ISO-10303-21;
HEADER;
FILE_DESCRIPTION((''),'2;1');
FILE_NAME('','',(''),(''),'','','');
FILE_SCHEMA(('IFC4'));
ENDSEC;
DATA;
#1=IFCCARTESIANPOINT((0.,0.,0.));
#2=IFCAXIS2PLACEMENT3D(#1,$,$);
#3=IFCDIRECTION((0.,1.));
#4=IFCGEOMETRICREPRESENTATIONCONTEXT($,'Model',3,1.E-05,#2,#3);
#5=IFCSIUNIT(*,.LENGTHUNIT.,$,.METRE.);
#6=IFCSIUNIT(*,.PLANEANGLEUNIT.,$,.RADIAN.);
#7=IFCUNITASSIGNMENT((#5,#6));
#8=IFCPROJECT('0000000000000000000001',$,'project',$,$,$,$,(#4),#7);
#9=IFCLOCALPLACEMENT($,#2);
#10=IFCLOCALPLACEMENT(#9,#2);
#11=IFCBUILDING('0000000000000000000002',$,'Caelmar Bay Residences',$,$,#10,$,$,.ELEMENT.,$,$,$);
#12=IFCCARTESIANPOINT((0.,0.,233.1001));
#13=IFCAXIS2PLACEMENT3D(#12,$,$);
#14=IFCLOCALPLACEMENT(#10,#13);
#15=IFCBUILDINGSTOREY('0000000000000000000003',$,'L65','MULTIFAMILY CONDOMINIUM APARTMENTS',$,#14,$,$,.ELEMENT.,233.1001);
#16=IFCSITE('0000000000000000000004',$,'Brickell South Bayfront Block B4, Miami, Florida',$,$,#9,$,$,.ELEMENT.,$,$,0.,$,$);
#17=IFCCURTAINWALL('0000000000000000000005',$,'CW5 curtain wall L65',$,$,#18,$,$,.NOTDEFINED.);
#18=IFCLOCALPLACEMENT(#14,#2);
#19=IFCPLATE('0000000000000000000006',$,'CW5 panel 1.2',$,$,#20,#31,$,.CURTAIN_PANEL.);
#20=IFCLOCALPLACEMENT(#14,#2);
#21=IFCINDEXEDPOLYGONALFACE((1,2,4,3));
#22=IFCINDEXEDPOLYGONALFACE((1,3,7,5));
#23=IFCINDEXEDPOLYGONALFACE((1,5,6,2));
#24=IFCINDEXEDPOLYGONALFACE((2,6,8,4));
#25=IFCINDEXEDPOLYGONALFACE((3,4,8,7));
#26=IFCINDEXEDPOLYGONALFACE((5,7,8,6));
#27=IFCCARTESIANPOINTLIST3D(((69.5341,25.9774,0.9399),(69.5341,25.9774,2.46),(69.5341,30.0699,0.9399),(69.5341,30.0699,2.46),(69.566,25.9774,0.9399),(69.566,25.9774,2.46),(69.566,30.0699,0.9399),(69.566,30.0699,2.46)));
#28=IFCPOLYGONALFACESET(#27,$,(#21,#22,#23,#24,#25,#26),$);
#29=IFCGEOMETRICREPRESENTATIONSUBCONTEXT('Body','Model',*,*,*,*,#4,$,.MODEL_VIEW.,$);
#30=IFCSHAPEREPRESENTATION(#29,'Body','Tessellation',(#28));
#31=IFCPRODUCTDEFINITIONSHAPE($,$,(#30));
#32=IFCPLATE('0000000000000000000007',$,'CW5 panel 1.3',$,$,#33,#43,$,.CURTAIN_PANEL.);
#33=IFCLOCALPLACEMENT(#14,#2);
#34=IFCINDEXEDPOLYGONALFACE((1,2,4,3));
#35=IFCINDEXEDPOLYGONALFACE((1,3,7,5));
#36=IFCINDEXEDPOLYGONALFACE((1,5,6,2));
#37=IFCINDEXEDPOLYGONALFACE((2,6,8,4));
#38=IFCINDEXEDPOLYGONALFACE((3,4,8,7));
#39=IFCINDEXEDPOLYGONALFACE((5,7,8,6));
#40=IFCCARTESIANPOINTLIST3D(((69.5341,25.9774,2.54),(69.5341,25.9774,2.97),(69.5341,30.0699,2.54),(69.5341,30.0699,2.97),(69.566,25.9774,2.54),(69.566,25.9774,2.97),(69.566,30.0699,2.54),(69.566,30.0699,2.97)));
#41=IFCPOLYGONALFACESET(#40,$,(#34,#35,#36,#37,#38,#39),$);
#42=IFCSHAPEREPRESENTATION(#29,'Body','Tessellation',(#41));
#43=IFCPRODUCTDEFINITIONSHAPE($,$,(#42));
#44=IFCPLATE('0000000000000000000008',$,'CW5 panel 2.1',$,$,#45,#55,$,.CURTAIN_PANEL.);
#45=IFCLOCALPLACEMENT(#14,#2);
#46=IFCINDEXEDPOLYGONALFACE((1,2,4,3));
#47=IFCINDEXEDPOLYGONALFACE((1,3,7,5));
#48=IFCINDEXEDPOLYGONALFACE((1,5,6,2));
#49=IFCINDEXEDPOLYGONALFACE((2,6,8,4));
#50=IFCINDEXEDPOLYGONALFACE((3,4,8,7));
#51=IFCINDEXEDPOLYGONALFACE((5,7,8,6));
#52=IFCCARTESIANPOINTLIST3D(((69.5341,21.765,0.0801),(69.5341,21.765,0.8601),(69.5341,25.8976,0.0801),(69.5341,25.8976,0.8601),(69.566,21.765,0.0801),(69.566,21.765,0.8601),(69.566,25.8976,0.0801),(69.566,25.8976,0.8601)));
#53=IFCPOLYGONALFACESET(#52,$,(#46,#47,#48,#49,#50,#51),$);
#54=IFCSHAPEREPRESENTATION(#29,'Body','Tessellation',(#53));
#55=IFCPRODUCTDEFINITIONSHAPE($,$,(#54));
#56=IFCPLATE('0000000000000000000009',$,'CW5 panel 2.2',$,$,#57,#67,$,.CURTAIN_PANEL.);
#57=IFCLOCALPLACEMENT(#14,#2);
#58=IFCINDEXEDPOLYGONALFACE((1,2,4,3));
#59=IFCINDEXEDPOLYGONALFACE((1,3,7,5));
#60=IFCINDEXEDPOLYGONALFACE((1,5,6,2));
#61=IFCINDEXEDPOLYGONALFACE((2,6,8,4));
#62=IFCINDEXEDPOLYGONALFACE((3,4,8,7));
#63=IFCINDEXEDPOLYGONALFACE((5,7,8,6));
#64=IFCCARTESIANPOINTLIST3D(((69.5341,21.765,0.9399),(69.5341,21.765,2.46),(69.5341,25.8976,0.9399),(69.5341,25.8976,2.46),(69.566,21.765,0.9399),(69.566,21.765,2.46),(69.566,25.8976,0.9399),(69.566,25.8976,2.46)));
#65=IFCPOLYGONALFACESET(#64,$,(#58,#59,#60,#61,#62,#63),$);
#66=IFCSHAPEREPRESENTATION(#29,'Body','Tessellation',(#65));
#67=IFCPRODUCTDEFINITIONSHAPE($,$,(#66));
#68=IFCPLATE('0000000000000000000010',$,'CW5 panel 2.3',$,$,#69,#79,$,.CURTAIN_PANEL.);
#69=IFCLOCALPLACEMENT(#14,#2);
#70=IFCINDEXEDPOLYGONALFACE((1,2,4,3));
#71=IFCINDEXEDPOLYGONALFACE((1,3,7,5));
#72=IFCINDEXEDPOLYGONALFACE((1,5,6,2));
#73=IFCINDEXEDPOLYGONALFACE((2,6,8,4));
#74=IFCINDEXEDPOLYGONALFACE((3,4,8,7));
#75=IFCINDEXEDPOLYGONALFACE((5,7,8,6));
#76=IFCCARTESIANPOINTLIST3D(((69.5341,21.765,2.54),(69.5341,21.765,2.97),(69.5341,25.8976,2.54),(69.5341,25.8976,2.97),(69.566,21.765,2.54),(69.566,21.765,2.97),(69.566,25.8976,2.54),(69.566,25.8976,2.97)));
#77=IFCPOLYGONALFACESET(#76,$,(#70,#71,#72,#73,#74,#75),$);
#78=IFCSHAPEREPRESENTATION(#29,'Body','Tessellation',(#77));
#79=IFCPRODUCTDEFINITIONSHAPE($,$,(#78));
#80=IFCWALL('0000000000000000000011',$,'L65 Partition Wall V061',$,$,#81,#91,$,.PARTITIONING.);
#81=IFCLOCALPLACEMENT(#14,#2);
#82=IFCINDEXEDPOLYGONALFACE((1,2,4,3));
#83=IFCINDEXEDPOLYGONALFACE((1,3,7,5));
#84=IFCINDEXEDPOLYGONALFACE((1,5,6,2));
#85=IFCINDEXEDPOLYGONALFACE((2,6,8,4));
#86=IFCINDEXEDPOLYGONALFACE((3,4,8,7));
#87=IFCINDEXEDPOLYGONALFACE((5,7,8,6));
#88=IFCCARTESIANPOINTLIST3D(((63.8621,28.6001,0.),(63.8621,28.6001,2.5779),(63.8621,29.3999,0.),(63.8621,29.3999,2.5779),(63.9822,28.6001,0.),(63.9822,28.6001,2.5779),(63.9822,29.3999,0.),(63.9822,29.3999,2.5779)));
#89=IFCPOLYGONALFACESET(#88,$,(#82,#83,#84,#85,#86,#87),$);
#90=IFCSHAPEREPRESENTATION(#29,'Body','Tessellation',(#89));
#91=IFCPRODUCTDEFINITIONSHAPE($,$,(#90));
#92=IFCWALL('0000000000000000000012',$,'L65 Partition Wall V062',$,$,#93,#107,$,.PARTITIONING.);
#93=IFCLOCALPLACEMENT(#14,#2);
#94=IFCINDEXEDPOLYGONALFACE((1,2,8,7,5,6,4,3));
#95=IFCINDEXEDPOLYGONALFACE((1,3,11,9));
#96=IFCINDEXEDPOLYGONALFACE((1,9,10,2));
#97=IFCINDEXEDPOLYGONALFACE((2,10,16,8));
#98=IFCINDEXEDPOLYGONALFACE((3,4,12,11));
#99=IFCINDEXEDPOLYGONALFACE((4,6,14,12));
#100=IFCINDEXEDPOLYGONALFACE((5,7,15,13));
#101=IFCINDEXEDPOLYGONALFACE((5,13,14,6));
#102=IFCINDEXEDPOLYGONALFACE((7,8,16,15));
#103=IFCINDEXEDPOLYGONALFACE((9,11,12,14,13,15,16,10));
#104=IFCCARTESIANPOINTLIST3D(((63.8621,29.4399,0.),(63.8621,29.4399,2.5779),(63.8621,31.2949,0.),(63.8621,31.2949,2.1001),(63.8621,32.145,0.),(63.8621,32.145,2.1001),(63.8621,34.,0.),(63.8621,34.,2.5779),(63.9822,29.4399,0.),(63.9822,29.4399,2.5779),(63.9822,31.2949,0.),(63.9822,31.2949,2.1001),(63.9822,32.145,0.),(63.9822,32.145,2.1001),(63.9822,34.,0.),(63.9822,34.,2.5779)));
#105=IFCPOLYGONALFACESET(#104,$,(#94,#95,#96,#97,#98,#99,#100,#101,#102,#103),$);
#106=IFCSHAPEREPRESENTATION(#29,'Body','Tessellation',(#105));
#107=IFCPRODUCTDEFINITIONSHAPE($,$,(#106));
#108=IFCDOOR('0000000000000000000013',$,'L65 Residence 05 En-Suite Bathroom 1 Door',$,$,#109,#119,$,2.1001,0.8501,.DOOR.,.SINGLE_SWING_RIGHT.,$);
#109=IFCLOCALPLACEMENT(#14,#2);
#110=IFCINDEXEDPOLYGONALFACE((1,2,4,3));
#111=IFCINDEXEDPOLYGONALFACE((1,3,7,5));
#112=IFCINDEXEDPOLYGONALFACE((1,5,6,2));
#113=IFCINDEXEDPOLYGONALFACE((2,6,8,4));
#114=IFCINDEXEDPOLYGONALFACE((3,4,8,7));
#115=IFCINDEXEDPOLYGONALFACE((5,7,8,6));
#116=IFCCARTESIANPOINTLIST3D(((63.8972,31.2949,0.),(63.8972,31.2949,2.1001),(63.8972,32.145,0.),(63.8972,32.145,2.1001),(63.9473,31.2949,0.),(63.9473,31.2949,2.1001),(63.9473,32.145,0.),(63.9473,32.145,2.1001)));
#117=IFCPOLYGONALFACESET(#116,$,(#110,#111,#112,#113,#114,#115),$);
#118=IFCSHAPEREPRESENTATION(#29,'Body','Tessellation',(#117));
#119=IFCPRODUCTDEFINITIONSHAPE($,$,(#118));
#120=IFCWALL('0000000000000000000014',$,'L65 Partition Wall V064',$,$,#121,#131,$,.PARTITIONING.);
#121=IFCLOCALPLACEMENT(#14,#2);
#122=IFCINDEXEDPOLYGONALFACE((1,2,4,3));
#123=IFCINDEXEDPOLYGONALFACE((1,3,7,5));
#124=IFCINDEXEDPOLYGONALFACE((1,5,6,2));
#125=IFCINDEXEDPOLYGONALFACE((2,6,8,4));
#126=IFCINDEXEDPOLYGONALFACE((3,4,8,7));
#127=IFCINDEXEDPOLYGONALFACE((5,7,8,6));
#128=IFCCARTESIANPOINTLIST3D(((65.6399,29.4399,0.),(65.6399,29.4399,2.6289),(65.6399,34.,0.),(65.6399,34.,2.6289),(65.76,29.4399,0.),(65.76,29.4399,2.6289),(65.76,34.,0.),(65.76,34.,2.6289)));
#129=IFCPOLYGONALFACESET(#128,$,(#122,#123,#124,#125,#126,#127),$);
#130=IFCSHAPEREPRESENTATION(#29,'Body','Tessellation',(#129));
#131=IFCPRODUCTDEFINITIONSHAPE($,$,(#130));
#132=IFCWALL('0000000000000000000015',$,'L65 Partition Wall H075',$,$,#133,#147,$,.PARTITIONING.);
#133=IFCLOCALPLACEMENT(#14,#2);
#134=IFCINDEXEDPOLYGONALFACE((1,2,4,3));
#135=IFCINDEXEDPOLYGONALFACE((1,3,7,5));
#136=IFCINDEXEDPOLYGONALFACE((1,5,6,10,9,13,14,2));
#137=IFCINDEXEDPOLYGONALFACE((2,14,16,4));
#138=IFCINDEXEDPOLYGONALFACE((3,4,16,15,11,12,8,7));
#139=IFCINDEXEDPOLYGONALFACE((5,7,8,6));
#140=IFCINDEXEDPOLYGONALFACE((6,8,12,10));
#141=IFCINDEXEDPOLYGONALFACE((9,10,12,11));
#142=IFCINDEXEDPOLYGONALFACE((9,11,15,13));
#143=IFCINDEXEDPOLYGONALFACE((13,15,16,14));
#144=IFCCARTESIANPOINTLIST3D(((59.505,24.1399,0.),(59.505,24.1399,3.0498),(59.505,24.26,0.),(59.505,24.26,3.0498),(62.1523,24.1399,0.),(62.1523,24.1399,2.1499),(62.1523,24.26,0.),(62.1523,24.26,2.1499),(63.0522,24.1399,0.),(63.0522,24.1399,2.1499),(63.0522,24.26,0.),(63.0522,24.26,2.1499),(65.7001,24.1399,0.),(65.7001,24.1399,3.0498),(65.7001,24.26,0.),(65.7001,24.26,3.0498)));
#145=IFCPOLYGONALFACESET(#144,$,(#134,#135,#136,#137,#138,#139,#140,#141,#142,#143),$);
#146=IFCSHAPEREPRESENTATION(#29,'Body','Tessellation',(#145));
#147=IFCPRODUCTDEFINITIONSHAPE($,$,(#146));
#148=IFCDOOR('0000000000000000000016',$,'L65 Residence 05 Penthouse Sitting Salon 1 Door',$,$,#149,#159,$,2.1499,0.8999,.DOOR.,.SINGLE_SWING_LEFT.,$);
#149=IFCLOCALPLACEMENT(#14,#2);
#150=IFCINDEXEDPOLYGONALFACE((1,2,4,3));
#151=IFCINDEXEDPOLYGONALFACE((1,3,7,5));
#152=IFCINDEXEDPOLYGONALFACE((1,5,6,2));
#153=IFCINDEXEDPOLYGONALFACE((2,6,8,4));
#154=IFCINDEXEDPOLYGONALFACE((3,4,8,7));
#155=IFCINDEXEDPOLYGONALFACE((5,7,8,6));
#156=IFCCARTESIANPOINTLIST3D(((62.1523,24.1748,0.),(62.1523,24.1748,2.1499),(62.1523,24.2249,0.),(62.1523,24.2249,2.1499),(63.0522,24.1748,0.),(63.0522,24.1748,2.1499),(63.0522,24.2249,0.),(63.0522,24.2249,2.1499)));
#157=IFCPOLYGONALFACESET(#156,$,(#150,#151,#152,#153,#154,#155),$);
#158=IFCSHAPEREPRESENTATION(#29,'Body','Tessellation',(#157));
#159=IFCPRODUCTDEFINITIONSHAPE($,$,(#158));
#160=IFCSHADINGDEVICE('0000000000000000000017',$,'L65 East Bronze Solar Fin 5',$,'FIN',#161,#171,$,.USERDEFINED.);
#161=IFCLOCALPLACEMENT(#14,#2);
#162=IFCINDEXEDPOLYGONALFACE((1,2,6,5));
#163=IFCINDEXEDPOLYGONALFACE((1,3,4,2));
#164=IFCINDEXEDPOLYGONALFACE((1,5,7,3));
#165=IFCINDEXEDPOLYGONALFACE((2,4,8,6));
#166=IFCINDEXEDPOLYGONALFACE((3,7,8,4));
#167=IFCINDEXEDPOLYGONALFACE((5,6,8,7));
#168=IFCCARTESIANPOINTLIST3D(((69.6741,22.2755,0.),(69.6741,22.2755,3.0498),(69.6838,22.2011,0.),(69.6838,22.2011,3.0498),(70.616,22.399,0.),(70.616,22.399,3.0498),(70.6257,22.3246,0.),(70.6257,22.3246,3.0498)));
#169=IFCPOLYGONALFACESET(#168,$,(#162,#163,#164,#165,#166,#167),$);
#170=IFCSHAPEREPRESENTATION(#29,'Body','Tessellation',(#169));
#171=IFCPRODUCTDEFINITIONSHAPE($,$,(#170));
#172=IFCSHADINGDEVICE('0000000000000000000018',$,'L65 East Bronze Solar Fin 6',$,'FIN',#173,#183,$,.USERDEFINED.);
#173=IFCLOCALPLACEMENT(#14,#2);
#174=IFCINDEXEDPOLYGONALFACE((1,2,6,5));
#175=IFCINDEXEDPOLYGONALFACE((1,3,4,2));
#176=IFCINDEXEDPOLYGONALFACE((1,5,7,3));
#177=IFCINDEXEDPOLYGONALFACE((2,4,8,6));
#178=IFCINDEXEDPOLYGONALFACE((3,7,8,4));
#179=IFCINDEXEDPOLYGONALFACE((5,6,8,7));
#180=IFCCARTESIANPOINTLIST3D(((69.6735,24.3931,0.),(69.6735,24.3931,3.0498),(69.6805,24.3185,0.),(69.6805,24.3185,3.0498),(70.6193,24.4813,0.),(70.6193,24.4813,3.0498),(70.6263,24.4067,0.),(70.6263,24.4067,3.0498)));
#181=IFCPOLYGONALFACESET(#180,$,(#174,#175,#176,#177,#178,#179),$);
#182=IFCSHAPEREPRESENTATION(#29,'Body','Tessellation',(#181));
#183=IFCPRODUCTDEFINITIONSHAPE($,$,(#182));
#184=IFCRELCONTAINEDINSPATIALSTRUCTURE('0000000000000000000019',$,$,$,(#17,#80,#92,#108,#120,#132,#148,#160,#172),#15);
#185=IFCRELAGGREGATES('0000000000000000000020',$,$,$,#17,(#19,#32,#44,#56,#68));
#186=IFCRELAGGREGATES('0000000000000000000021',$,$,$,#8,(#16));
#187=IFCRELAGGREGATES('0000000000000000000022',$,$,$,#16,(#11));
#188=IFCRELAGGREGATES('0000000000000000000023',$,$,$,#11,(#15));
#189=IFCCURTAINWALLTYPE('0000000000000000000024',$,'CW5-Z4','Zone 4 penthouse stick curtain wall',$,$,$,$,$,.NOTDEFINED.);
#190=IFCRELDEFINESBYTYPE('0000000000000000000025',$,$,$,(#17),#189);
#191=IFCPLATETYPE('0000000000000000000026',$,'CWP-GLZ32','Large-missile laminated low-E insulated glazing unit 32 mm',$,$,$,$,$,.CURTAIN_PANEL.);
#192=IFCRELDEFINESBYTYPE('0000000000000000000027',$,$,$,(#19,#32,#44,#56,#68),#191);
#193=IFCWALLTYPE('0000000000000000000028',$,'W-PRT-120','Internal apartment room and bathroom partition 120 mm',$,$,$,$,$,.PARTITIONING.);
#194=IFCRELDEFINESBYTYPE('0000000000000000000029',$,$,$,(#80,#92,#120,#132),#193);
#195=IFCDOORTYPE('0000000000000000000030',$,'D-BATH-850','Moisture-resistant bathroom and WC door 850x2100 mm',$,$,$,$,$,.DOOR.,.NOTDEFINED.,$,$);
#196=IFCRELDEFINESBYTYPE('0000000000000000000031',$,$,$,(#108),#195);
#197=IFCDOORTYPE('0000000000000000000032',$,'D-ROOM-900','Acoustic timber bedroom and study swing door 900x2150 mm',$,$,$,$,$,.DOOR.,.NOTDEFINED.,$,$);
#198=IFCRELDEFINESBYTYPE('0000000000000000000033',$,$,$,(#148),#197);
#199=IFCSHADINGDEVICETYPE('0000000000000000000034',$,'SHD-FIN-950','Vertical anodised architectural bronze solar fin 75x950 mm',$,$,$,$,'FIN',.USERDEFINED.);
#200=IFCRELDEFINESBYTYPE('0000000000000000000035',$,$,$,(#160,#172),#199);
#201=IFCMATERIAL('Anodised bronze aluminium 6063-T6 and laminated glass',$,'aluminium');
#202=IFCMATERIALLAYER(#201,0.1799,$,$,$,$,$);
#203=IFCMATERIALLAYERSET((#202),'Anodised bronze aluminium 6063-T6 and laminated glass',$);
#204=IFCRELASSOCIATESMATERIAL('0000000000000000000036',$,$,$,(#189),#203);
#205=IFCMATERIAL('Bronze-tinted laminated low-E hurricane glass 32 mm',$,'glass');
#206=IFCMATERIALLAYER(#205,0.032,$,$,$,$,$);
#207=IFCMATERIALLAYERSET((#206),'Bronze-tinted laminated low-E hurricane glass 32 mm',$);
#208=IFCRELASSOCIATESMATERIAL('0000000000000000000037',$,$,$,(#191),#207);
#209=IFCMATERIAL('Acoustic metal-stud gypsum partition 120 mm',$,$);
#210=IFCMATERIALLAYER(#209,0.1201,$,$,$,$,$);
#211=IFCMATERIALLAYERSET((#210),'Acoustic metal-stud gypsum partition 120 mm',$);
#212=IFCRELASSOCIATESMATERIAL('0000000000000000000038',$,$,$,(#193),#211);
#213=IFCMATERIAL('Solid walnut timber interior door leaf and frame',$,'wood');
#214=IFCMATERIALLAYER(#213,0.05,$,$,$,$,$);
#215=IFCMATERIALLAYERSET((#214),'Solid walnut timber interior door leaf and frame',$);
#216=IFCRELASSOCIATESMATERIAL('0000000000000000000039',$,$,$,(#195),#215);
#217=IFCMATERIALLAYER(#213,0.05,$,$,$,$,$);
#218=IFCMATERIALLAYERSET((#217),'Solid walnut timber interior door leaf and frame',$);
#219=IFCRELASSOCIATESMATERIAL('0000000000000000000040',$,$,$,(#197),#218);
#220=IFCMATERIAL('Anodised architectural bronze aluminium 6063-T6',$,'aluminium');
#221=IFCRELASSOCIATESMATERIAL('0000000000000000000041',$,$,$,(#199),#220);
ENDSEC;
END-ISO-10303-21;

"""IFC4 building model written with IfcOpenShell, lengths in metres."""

from ifc_helpers import new_model, si_unit, direction, frame, frame_2d, origin, origin_2d, place, context, subcontext, project, spatial, rectangle, extrude, material, layer, layer_set, material_profile, profile_set, type_object, element, fill, aggregate, save


model = new_model("IFC4")

# Units and contexts
model_context = context("Model", 3, precision=1e-05, world=origin(), true_north=direction((0.0, 1.0)))
body_context = subcontext(model_context, "Body", "Model", "MODEL_VIEW")
ifc_project = project(units=[si_unit("LENGTHUNIT", "METRE"), si_unit("PLANEANGLEUNIT", "RADIAN")], contexts=[model_context])

# Site, building, storey
site_placement = place(None, origin())
site = spatial("IfcSite", under=ifc_project, at=site_placement, Name="Brickell South Bayfront Block B4, Miami, Florida", CompositionType="ELEMENT", RefElevation=0.0)
building_placement = place(site_placement, origin())
building = spatial("IfcBuilding", under=site, at=building_placement, Name="Caelmar Bay Residences", CompositionType="ELEMENT")
storey_placement = place(building_placement, frame((0.0, 0.0, 233.1001)))
storey = spatial("IfcBuildingStorey", under=building, at=storey_placement, Name="L65", Description="MULTIFAMILY CONDOMINIUM APARTMENTS", CompositionType="ELEMENT", Elevation=233.1001)

# Curtain wall, plates
ifc_material_1 = material(Name="Anodised bronze aluminium 6063-T6 and laminated glass", Category="aluminium")
ifc_layer_1 = layer(ifc_material_1, 0.1799)
ifc_layer_set_1 = layer_set([ifc_layer_1], Name="Anodised bronze aluminium 6063-T6 and laminated glass")
curtain_wall_type = type_object("IfcCurtainWallType", Name="CW5-Z4", Description="Zone 4 penthouse stick curtain wall", PredefinedType="NOTDEFINED", material=ifc_layer_set_1)
curtain_wall_placement = place(storey_placement, origin())
curtain_wall = element("IfcCurtainWall", 1, at=curtain_wall_placement, inside=storey, type_object=curtain_wall_type, Name="CW5 curtain wall L65", PredefinedType="NOTDEFINED")
ifc_material_2 = material(Name="Bronze-tinted laminated low-E hurricane glass 32 mm", Category="glass")
ifc_layer_2 = layer(ifc_material_2, 0.032)
ifc_layer_set_2 = layer_set([ifc_layer_2], Name="Bronze-tinted laminated low-E hurricane glass 32 mm")
plate_type = type_object("IfcPlateType", Name="CWP-GLZ32", Description="Large-missile laminated low-E insulated glazing unit 32 mm", PredefinedType="CURTAIN_PANEL", material=ifc_layer_set_2)
plate_1_placement = place(storey_placement, frame((69.55, 28.0237, 0.9399), z_axis=(0.0, 0.0, 1.0), x_axis=(0.0, -1.0, 0.0)))
plate_1 = element("IfcPlate", 2, at=plate_1_placement, type_object=plate_type, Name="CW5 panel 1.2", PredefinedType="CURTAIN_PANEL", context=body_context, shape_type="SweptSolid", body=[
    extrude(rectangle(XDim=4.0925, YDim=0.032, at=origin_2d()), origin(), (0.0, 0.0, 1.0), 1.52),
])
plate_2_placement = place(storey_placement, frame((69.55, 28.0237, 2.54), z_axis=(0.0, 0.0, 1.0), x_axis=(0.0, -1.0, 0.0)))
plate_2 = element("IfcPlate", 3, at=plate_2_placement, type_object=plate_type, Name="CW5 panel 1.3", PredefinedType="CURTAIN_PANEL", context=body_context, shape_type="SweptSolid", body=[
    extrude(rectangle(XDim=4.0925, YDim=0.032, at=origin_2d()), origin(), (0.0, 0.0, 1.0), 0.4299),
])
plate_3_placement = place(storey_placement, frame((69.55, 23.8313, 0.0801), z_axis=(0.0, 0.0, 1.0), x_axis=(0.0, -1.0, 0.0)))
plate_3 = element("IfcPlate", 4, at=plate_3_placement, type_object=plate_type, Name="CW5 panel 2.1", PredefinedType="CURTAIN_PANEL", context=body_context, shape_type="SweptSolid", body=[
    extrude(rectangle(XDim=4.1326, YDim=0.032, at=origin_2d()), origin(), (0.0, 0.0, 1.0), 0.78),
])
plate_4_placement = place(storey_placement, frame((69.55, 23.8313, 0.9399), z_axis=(0.0, 0.0, 1.0), x_axis=(0.0, -1.0, 0.0)))
plate_4 = element("IfcPlate", 5, at=plate_4_placement, type_object=plate_type, Name="CW5 panel 2.2", PredefinedType="CURTAIN_PANEL", context=body_context, shape_type="SweptSolid", body=[
    extrude(rectangle(XDim=4.1326, YDim=0.032, at=origin_2d()), origin(), (0.0, 0.0, 1.0), 1.52),
])
plate_5_placement = place(storey_placement, frame((69.55, 23.8313, 2.54), z_axis=(0.0, 0.0, 1.0), x_axis=(0.0, -1.0, 0.0)))
plate_5 = element("IfcPlate", 6, at=plate_5_placement, type_object=plate_type, Name="CW5 panel 2.3", PredefinedType="CURTAIN_PANEL", context=body_context, shape_type="SweptSolid", body=[
    extrude(rectangle(XDim=4.1326, YDim=0.032, at=origin_2d()), origin(), (0.0, 0.0, 1.0), 0.4299),
])
aggregate(curtain_wall, [plate_1, plate_2, plate_3, plate_4, plate_5])

# Wall
ifc_material_3 = material(Name="Acoustic metal-stud gypsum partition 120 mm")
ifc_layer_3 = layer(ifc_material_3, 0.1201)
ifc_layer_set_3 = layer_set([ifc_layer_3], Name="Acoustic metal-stud gypsum partition 120 mm")
wall_type = type_object("IfcWallType", Name="W-PRT-120", Description="Internal apartment room and bathroom partition 120 mm", PredefinedType="PARTITIONING", material=ifc_layer_set_3)
wall_1_placement = place(storey_placement, frame((63.9221, 28.6001, 0.0), z_axis=(0.0, 0.0, 1.0), x_axis=(0.0, 1.0, 0.0)))
element("IfcWall", 7, at=wall_1_placement, inside=storey, type_object=wall_type, Name="L65 Partition Wall V061", PredefinedType="PARTITIONING", context=body_context, shape_type="SweptSolid", body=[
    extrude(rectangle(XDim=0.7998, YDim=0.1201, at=frame_2d((0.3999, 0.0))), origin(), (0.0, 0.0, 1.0), 2.5779),
])

# Wall, opening, door
wall_2_placement = place(storey_placement, frame((63.9221, 29.4399, 0.0), z_axis=(0.0, 0.0, 1.0), x_axis=(0.0, 1.0, 0.0)))
wall_2 = element("IfcWall", 8, at=wall_2_placement, inside=storey, type_object=wall_type, Name="L65 Partition Wall V062", PredefinedType="PARTITIONING", context=body_context, shape_type="SweptSolid", body=[
    extrude(rectangle(XDim=4.5601, YDim=0.1201, at=frame_2d((2.28, 0.0))), origin(), (0.0, 0.0, 1.0), 2.5779),
])
opening_1_placement = place(wall_2_placement, frame((1.855, 0.0, 0.0)))
opening_1 = element("IfcOpeningElement", 9, at=opening_1_placement, cuts=wall_2, PredefinedType="OPENING", context=body_context, shape_type="SweptSolid", body=[
    extrude(rectangle(XDim=0.8501, YDim=2.1001, at=frame_2d((0.425, 1.05))), frame((0.0, 0.0701, 0.0), z_axis=(0.0, -1.0, 0.0), x_axis=(1.0, 0.0, 0.0)), (0.0, 0.0, 1.0), 0.1401),
])
ifc_material_4 = material(Name="Solid walnut timber interior door leaf and frame", Category="wood")
ifc_layer_4 = layer(ifc_material_4, 0.05)
ifc_layer_set_4 = layer_set([ifc_layer_4], Name="Solid walnut timber interior door leaf and frame")
door_type_1 = type_object("IfcDoorType", Name="D-BATH-850", Description="Moisture-resistant bathroom and WC door 850x2100 mm", OperationType="NOTDEFINED", PredefinedType="DOOR", material=ifc_layer_set_4)
door_1_placement = place(opening_1_placement, origin())
door_1 = element("IfcDoor", 10, at=door_1_placement, inside=storey, type_object=door_type_1, Name="L65 Residence 05 En-Suite Bathroom 1 Door", OperationType="SINGLE_SWING_RIGHT", OverallHeight=2.1001, OverallWidth=0.8501, PredefinedType="DOOR", context=body_context, shape_type="SweptSolid", body=[
    extrude(rectangle(XDim=0.8501, YDim=2.1001, at=frame_2d((0.425, 1.05))), frame((0.0, 0.0249, 0.0), z_axis=(0.0, -1.0, 0.0), x_axis=(1.0, 0.0, 0.0)), (0.0, 0.0, 1.0), 0.05),
])
fill(opening_1, door_1)

# Wall
wall_3_placement = place(storey_placement, frame((65.7, 29.4399, 0.0), z_axis=(0.0, 0.0, 1.0), x_axis=(0.0, 1.0, 0.0)))
element("IfcWall", 11, at=wall_3_placement, inside=storey, type_object=wall_type, Name="L65 Partition Wall V064", PredefinedType="PARTITIONING", context=body_context, shape_type="SweptSolid", body=[
    extrude(rectangle(XDim=4.5601, YDim=0.1201, at=frame_2d((2.28, 0.0))), origin(), (0.0, 0.0, 1.0), 2.6289),
])

# Wall, opening, door
wall_4_placement = place(storey_placement, frame((59.5049, 24.2, 0.0), z_axis=(0.0, 0.0, 1.0), x_axis=(1.0, 0.0, 0.0)))
wall_4 = element("IfcWall", 12, at=wall_4_placement, inside=storey, type_object=wall_type, Name="L65 Partition Wall H075", PredefinedType="PARTITIONING", context=body_context, shape_type="SweptSolid", body=[
    extrude(rectangle(XDim=6.1951, YDim=0.1201, at=frame_2d((3.0977, 0.0))), origin(), (0.0, 0.0, 1.0), 3.0498),
])
opening_2_placement = place(wall_4_placement, frame((2.6475, 0.0, 0.0)))
opening_2 = element("IfcOpeningElement", 13, at=opening_2_placement, cuts=wall_4, PredefinedType="OPENING", context=body_context, shape_type="SweptSolid", body=[
    extrude(rectangle(XDim=0.8999, YDim=2.1499, at=frame_2d((0.45, 1.075))), frame((0.0, 0.0701, 0.0), z_axis=(0.0, -1.0, 0.0), x_axis=(1.0, 0.0, 0.0)), (0.0, 0.0, 1.0), 0.1401),
])
ifc_layer_5 = layer(ifc_material_4, 0.05)
ifc_layer_set_5 = layer_set([ifc_layer_5], Name="Solid walnut timber interior door leaf and frame")
door_type_2 = type_object("IfcDoorType", Name="D-ROOM-900", Description="Acoustic timber bedroom and study swing door 900x2150 mm", OperationType="NOTDEFINED", PredefinedType="DOOR", material=ifc_layer_set_5)
door_2_placement = place(opening_2_placement, origin())
door_2 = element("IfcDoor", 14, at=door_2_placement, inside=storey, type_object=door_type_2, Name="L65 Residence 05 Penthouse Sitting Salon 1 Door", OperationType="SINGLE_SWING_LEFT", OverallHeight=2.1499, OverallWidth=0.8999, PredefinedType="DOOR", context=body_context, shape_type="SweptSolid", body=[
    extrude(rectangle(XDim=0.8999, YDim=2.1499, at=frame_2d((0.45, 1.075))), frame((0.0, 0.0249, 0.0), z_axis=(0.0, -1.0, 0.0), x_axis=(1.0, 0.0, 0.0)), (0.0, 0.0, 1.0), 0.05),
])
fill(opening_2, door_2)

# Shading devices
ifc_material_5 = material(Name="Anodised architectural bronze aluminium 6063-T6", Category="aluminium")
ifc_material_profile_1 = material_profile(ifc_material_5, rectangle(XDim=0.075, YDim=0.95, at=origin_2d()), Name="BRONZE-FIN-75X950")
ifc_profile_set_1 = profile_set([ifc_material_profile_1], Name="Anodised architectural bronze aluminium 6063-T6")
shading_device_type = type_object("IfcShadingDeviceType", Name="SHD-FIN-950", Description="Vertical anodised architectural bronze solar fin 75x950 mm", ElementType="FIN", PredefinedType="USERDEFINED", material=ifc_profile_set_1)
for number, where, z_axis, x_axis, name in (
    (15, (70.1499, 22.3, 0.0), (0.0, 0.0, 1.0), (-0.130007, 0.991513, 0.0), "L65 East Bronze Solar Fin 5"),
    (16, (70.1499, 24.3999, 0.0), (0.0, 0.0, 1.0), (-0.092892, 0.995676, 0.0), "L65 East Bronze Solar Fin 6"),
):
    element("IfcShadingDevice", number, at=place(storey_placement, frame(where, z_axis=z_axis, x_axis=x_axis)), inside=storey, type_object=shading_device_type, Name=name, ObjectType="FIN", PredefinedType="USERDEFINED", context=body_context, shape_type="SweptSolid", body=[
        extrude(rectangle(XDim=0.075, YDim=0.95, at=origin_2d()), origin(), (0.0, 0.0, 1.0), 3.0498),
    ])

save(model, "model.ifc")
